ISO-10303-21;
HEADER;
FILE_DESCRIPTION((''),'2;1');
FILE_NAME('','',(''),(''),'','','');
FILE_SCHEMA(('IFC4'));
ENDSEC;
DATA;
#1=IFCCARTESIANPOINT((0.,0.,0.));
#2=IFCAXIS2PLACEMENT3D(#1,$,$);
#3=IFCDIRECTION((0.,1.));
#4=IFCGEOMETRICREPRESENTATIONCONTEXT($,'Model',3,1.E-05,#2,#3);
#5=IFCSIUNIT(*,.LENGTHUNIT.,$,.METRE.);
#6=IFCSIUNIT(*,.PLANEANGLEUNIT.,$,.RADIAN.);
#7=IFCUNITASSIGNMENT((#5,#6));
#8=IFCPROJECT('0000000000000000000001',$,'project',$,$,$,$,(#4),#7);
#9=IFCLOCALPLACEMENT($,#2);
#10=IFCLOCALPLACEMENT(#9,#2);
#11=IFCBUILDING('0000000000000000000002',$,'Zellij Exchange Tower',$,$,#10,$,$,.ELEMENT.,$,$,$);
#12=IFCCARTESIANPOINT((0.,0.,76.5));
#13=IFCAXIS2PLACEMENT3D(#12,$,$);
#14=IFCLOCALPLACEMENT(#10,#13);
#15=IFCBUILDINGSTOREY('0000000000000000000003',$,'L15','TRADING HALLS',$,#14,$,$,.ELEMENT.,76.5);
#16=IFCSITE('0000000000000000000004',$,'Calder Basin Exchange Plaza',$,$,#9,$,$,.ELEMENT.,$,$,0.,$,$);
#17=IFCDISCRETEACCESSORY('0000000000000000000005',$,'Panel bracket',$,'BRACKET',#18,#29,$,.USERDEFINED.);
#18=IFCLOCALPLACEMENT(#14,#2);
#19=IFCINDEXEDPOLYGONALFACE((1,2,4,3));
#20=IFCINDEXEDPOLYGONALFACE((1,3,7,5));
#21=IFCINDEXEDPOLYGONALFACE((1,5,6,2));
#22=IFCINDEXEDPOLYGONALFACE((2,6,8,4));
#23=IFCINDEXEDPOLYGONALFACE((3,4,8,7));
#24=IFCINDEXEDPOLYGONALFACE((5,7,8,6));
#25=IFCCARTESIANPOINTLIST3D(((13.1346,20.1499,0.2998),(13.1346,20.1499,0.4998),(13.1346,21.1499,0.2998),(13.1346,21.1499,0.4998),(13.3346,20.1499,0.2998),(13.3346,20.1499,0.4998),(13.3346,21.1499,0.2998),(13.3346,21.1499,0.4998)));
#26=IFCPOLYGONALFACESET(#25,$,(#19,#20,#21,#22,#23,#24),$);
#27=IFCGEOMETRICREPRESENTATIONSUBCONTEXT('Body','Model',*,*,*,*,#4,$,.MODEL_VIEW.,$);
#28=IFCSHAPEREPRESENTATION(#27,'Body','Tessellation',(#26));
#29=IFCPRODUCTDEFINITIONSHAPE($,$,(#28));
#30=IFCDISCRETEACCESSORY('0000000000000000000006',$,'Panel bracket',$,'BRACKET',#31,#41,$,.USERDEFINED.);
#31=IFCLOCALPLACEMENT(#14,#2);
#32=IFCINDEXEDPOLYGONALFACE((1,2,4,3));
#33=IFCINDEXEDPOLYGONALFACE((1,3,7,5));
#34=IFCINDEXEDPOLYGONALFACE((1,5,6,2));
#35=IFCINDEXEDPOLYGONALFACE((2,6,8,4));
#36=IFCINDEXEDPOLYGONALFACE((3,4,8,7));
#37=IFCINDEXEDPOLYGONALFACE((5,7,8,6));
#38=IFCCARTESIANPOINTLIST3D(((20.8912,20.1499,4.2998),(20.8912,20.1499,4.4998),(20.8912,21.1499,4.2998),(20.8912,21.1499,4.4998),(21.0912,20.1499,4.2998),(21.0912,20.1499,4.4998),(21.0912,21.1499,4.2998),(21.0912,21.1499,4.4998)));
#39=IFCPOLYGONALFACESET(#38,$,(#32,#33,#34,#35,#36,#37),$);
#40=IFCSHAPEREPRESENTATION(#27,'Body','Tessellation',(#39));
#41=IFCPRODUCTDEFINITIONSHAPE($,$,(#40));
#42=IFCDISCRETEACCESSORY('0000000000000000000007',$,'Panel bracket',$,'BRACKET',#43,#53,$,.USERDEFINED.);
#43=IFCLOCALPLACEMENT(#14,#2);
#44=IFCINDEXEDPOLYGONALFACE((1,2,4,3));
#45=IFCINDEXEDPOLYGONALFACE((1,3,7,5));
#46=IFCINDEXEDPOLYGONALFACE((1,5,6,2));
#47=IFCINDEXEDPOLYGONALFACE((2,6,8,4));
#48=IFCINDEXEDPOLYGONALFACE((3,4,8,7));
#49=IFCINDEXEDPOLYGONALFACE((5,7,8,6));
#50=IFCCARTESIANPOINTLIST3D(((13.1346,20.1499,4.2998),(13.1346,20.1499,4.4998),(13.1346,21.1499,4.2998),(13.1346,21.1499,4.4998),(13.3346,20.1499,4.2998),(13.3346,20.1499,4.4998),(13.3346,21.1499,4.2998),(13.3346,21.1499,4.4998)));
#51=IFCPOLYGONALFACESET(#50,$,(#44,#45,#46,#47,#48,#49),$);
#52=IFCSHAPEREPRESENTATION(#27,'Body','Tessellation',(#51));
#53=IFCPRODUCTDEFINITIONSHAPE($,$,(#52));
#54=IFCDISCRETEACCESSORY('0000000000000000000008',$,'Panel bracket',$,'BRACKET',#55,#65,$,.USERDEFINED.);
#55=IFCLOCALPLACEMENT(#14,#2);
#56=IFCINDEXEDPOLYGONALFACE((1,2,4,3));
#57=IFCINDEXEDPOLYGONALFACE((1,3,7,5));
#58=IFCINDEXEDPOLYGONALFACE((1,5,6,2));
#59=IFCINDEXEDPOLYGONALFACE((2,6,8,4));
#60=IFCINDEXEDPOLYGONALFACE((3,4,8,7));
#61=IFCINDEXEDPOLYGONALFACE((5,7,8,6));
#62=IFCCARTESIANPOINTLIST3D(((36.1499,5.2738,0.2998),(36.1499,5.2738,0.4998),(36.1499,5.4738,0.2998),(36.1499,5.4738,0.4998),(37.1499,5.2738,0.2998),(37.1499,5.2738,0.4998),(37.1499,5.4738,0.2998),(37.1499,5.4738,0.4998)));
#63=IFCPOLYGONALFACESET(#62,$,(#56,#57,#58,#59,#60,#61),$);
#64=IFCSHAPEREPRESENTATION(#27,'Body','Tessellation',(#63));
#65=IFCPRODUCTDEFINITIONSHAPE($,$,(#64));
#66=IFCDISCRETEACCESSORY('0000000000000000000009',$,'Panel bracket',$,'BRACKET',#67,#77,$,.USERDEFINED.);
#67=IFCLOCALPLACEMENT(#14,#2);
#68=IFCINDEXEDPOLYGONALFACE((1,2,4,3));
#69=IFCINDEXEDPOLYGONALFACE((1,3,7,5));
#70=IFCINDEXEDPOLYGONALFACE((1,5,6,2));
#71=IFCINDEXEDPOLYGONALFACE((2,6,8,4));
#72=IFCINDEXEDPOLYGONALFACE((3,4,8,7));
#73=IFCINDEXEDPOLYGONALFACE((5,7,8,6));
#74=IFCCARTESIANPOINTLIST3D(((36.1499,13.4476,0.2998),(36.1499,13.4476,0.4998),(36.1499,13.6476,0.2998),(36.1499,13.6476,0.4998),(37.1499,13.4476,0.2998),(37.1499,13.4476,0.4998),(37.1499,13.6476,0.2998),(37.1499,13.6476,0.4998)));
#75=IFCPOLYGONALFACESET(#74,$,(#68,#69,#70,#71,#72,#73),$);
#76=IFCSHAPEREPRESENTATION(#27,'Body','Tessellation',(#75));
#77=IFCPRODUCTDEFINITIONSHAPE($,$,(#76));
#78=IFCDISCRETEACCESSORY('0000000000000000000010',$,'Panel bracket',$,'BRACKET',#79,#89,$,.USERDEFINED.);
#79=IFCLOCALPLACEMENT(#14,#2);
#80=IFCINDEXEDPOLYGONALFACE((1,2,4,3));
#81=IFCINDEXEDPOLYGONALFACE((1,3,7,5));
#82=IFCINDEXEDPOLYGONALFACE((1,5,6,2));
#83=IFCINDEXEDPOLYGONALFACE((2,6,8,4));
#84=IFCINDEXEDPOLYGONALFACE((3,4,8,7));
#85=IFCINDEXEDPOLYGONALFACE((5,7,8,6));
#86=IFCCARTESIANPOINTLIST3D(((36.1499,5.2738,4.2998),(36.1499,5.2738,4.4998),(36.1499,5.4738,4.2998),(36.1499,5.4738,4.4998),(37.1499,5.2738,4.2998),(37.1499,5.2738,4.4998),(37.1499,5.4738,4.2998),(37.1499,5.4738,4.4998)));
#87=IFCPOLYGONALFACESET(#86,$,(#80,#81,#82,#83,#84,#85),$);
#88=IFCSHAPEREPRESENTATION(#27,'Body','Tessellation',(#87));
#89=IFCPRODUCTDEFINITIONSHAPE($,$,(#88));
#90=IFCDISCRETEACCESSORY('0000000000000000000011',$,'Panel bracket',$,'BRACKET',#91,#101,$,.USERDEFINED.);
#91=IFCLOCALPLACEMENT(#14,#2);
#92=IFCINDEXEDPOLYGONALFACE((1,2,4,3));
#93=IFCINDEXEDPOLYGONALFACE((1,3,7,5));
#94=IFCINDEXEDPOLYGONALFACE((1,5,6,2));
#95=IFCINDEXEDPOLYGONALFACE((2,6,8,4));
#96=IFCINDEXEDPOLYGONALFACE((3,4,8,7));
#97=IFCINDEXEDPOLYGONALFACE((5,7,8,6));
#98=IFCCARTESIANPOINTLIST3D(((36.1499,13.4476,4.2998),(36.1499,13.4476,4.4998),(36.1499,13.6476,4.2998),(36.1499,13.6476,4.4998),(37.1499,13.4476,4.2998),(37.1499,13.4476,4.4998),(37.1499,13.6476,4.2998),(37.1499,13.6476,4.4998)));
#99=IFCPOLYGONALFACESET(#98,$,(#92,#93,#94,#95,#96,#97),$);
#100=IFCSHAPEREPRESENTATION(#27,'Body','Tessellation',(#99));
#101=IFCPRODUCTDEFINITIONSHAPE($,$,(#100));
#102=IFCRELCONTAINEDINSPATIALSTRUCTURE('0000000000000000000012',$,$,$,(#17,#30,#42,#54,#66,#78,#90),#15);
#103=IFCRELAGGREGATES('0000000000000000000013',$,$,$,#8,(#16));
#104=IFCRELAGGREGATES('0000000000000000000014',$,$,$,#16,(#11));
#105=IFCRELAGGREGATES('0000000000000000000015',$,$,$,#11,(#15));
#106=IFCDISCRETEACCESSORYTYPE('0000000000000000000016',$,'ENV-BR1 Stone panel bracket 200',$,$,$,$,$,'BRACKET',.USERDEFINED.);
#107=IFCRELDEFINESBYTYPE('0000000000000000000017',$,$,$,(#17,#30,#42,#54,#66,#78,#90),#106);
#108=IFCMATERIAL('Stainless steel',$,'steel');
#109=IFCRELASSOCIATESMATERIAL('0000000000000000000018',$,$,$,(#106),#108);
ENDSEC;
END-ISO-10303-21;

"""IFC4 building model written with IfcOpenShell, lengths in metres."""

from ifc_helpers import new_model, si_unit, direction, frame, origin, origin_2d, place, context, subcontext, project, spatial, rectangle, extrude, material, type_object, element, save


model = new_model("IFC4")

# Units and contexts
model_context = context("Model", 3, precision=1e-05, world=origin(), true_north=direction((0.0, 1.0)))
body_context = subcontext(model_context, "Body", "Model", "MODEL_VIEW")
ifc_project = project(units=[si_unit("LENGTHUNIT", "METRE"), si_unit("PLANEANGLEUNIT", "RADIAN")], contexts=[model_context])

# Site, building, storey
site_placement = place(None, origin())
site = spatial("IfcSite", under=ifc_project, at=site_placement, Name="Calder Basin Exchange Plaza", CompositionType="ELEMENT", RefElevation=0.0)
building_placement = place(site_placement, origin())
building = spatial("IfcBuilding", under=site, at=building_placement, Name="Zellij Exchange Tower", CompositionType="ELEMENT")
storey_placement = place(building_placement, frame((0.0, 0.0, 76.5)))
storey = spatial("IfcBuildingStorey", under=building, at=storey_placement, Name="L15", Description="TRADING HALLS", CompositionType="ELEMENT", Elevation=76.5)

# Discrete accessories
ifc_material_1 = material(Name="Stainless steel", Category="steel")
discrete_accessory_type = type_object("IfcDiscreteAccessoryType", Name="ENV-BR1 Stone panel bracket 200", ElementType="BRACKET", PredefinedType="USERDEFINED", material=ifc_material_1)
for number, where, z_axis, x_axis, name in (
    (1, (13.2346, 20.6499, 0.2998), (0.0, 0.0, 1.0), (-1.0, 0.0, 0.0), "Panel bracket"),
    (2, (20.9912, 20.6499, 4.2998), (0.0, 0.0, 1.0), (-1.0, 0.0, 0.0), "Panel bracket"),
    (3, (13.2346, 20.6499, 4.2998), (0.0, 0.0, 1.0), (-1.0, 0.0, 0.0), "Panel bracket"),
    (4, (36.6499, 5.3738, 0.2998), (0.0, 0.0, 1.0), (0.0, 1.0, 0.0), "Panel bracket"),
    (5, (36.6499, 13.5476, 0.2998), (0.0, 0.0, 1.0), (0.0, 1.0, 0.0), "Panel bracket"),
    (6, (36.6499, 5.3738, 4.2998), (0.0, 0.0, 1.0), (0.0, 1.0, 0.0), "Panel bracket"),
    (7, (36.6499, 13.5476, 4.2998), (0.0, 0.0, 1.0), (0.0, 1.0, 0.0), "Panel bracket"),
):
    element("IfcDiscreteAccessory", number, at=place(storey_placement, frame(where, z_axis=z_axis, x_axis=x_axis)), inside=storey, type_object=discrete_accessory_type, Name=name, ObjectType="BRACKET", PredefinedType="USERDEFINED", context=body_context, shape_type="SweptSolid", body=[
        extrude(rectangle(XDim=0.2, YDim=1.0, at=origin_2d()), origin(), (0.0, 0.0, 1.0), 0.2),
    ])

save(model, "model.ifc")
